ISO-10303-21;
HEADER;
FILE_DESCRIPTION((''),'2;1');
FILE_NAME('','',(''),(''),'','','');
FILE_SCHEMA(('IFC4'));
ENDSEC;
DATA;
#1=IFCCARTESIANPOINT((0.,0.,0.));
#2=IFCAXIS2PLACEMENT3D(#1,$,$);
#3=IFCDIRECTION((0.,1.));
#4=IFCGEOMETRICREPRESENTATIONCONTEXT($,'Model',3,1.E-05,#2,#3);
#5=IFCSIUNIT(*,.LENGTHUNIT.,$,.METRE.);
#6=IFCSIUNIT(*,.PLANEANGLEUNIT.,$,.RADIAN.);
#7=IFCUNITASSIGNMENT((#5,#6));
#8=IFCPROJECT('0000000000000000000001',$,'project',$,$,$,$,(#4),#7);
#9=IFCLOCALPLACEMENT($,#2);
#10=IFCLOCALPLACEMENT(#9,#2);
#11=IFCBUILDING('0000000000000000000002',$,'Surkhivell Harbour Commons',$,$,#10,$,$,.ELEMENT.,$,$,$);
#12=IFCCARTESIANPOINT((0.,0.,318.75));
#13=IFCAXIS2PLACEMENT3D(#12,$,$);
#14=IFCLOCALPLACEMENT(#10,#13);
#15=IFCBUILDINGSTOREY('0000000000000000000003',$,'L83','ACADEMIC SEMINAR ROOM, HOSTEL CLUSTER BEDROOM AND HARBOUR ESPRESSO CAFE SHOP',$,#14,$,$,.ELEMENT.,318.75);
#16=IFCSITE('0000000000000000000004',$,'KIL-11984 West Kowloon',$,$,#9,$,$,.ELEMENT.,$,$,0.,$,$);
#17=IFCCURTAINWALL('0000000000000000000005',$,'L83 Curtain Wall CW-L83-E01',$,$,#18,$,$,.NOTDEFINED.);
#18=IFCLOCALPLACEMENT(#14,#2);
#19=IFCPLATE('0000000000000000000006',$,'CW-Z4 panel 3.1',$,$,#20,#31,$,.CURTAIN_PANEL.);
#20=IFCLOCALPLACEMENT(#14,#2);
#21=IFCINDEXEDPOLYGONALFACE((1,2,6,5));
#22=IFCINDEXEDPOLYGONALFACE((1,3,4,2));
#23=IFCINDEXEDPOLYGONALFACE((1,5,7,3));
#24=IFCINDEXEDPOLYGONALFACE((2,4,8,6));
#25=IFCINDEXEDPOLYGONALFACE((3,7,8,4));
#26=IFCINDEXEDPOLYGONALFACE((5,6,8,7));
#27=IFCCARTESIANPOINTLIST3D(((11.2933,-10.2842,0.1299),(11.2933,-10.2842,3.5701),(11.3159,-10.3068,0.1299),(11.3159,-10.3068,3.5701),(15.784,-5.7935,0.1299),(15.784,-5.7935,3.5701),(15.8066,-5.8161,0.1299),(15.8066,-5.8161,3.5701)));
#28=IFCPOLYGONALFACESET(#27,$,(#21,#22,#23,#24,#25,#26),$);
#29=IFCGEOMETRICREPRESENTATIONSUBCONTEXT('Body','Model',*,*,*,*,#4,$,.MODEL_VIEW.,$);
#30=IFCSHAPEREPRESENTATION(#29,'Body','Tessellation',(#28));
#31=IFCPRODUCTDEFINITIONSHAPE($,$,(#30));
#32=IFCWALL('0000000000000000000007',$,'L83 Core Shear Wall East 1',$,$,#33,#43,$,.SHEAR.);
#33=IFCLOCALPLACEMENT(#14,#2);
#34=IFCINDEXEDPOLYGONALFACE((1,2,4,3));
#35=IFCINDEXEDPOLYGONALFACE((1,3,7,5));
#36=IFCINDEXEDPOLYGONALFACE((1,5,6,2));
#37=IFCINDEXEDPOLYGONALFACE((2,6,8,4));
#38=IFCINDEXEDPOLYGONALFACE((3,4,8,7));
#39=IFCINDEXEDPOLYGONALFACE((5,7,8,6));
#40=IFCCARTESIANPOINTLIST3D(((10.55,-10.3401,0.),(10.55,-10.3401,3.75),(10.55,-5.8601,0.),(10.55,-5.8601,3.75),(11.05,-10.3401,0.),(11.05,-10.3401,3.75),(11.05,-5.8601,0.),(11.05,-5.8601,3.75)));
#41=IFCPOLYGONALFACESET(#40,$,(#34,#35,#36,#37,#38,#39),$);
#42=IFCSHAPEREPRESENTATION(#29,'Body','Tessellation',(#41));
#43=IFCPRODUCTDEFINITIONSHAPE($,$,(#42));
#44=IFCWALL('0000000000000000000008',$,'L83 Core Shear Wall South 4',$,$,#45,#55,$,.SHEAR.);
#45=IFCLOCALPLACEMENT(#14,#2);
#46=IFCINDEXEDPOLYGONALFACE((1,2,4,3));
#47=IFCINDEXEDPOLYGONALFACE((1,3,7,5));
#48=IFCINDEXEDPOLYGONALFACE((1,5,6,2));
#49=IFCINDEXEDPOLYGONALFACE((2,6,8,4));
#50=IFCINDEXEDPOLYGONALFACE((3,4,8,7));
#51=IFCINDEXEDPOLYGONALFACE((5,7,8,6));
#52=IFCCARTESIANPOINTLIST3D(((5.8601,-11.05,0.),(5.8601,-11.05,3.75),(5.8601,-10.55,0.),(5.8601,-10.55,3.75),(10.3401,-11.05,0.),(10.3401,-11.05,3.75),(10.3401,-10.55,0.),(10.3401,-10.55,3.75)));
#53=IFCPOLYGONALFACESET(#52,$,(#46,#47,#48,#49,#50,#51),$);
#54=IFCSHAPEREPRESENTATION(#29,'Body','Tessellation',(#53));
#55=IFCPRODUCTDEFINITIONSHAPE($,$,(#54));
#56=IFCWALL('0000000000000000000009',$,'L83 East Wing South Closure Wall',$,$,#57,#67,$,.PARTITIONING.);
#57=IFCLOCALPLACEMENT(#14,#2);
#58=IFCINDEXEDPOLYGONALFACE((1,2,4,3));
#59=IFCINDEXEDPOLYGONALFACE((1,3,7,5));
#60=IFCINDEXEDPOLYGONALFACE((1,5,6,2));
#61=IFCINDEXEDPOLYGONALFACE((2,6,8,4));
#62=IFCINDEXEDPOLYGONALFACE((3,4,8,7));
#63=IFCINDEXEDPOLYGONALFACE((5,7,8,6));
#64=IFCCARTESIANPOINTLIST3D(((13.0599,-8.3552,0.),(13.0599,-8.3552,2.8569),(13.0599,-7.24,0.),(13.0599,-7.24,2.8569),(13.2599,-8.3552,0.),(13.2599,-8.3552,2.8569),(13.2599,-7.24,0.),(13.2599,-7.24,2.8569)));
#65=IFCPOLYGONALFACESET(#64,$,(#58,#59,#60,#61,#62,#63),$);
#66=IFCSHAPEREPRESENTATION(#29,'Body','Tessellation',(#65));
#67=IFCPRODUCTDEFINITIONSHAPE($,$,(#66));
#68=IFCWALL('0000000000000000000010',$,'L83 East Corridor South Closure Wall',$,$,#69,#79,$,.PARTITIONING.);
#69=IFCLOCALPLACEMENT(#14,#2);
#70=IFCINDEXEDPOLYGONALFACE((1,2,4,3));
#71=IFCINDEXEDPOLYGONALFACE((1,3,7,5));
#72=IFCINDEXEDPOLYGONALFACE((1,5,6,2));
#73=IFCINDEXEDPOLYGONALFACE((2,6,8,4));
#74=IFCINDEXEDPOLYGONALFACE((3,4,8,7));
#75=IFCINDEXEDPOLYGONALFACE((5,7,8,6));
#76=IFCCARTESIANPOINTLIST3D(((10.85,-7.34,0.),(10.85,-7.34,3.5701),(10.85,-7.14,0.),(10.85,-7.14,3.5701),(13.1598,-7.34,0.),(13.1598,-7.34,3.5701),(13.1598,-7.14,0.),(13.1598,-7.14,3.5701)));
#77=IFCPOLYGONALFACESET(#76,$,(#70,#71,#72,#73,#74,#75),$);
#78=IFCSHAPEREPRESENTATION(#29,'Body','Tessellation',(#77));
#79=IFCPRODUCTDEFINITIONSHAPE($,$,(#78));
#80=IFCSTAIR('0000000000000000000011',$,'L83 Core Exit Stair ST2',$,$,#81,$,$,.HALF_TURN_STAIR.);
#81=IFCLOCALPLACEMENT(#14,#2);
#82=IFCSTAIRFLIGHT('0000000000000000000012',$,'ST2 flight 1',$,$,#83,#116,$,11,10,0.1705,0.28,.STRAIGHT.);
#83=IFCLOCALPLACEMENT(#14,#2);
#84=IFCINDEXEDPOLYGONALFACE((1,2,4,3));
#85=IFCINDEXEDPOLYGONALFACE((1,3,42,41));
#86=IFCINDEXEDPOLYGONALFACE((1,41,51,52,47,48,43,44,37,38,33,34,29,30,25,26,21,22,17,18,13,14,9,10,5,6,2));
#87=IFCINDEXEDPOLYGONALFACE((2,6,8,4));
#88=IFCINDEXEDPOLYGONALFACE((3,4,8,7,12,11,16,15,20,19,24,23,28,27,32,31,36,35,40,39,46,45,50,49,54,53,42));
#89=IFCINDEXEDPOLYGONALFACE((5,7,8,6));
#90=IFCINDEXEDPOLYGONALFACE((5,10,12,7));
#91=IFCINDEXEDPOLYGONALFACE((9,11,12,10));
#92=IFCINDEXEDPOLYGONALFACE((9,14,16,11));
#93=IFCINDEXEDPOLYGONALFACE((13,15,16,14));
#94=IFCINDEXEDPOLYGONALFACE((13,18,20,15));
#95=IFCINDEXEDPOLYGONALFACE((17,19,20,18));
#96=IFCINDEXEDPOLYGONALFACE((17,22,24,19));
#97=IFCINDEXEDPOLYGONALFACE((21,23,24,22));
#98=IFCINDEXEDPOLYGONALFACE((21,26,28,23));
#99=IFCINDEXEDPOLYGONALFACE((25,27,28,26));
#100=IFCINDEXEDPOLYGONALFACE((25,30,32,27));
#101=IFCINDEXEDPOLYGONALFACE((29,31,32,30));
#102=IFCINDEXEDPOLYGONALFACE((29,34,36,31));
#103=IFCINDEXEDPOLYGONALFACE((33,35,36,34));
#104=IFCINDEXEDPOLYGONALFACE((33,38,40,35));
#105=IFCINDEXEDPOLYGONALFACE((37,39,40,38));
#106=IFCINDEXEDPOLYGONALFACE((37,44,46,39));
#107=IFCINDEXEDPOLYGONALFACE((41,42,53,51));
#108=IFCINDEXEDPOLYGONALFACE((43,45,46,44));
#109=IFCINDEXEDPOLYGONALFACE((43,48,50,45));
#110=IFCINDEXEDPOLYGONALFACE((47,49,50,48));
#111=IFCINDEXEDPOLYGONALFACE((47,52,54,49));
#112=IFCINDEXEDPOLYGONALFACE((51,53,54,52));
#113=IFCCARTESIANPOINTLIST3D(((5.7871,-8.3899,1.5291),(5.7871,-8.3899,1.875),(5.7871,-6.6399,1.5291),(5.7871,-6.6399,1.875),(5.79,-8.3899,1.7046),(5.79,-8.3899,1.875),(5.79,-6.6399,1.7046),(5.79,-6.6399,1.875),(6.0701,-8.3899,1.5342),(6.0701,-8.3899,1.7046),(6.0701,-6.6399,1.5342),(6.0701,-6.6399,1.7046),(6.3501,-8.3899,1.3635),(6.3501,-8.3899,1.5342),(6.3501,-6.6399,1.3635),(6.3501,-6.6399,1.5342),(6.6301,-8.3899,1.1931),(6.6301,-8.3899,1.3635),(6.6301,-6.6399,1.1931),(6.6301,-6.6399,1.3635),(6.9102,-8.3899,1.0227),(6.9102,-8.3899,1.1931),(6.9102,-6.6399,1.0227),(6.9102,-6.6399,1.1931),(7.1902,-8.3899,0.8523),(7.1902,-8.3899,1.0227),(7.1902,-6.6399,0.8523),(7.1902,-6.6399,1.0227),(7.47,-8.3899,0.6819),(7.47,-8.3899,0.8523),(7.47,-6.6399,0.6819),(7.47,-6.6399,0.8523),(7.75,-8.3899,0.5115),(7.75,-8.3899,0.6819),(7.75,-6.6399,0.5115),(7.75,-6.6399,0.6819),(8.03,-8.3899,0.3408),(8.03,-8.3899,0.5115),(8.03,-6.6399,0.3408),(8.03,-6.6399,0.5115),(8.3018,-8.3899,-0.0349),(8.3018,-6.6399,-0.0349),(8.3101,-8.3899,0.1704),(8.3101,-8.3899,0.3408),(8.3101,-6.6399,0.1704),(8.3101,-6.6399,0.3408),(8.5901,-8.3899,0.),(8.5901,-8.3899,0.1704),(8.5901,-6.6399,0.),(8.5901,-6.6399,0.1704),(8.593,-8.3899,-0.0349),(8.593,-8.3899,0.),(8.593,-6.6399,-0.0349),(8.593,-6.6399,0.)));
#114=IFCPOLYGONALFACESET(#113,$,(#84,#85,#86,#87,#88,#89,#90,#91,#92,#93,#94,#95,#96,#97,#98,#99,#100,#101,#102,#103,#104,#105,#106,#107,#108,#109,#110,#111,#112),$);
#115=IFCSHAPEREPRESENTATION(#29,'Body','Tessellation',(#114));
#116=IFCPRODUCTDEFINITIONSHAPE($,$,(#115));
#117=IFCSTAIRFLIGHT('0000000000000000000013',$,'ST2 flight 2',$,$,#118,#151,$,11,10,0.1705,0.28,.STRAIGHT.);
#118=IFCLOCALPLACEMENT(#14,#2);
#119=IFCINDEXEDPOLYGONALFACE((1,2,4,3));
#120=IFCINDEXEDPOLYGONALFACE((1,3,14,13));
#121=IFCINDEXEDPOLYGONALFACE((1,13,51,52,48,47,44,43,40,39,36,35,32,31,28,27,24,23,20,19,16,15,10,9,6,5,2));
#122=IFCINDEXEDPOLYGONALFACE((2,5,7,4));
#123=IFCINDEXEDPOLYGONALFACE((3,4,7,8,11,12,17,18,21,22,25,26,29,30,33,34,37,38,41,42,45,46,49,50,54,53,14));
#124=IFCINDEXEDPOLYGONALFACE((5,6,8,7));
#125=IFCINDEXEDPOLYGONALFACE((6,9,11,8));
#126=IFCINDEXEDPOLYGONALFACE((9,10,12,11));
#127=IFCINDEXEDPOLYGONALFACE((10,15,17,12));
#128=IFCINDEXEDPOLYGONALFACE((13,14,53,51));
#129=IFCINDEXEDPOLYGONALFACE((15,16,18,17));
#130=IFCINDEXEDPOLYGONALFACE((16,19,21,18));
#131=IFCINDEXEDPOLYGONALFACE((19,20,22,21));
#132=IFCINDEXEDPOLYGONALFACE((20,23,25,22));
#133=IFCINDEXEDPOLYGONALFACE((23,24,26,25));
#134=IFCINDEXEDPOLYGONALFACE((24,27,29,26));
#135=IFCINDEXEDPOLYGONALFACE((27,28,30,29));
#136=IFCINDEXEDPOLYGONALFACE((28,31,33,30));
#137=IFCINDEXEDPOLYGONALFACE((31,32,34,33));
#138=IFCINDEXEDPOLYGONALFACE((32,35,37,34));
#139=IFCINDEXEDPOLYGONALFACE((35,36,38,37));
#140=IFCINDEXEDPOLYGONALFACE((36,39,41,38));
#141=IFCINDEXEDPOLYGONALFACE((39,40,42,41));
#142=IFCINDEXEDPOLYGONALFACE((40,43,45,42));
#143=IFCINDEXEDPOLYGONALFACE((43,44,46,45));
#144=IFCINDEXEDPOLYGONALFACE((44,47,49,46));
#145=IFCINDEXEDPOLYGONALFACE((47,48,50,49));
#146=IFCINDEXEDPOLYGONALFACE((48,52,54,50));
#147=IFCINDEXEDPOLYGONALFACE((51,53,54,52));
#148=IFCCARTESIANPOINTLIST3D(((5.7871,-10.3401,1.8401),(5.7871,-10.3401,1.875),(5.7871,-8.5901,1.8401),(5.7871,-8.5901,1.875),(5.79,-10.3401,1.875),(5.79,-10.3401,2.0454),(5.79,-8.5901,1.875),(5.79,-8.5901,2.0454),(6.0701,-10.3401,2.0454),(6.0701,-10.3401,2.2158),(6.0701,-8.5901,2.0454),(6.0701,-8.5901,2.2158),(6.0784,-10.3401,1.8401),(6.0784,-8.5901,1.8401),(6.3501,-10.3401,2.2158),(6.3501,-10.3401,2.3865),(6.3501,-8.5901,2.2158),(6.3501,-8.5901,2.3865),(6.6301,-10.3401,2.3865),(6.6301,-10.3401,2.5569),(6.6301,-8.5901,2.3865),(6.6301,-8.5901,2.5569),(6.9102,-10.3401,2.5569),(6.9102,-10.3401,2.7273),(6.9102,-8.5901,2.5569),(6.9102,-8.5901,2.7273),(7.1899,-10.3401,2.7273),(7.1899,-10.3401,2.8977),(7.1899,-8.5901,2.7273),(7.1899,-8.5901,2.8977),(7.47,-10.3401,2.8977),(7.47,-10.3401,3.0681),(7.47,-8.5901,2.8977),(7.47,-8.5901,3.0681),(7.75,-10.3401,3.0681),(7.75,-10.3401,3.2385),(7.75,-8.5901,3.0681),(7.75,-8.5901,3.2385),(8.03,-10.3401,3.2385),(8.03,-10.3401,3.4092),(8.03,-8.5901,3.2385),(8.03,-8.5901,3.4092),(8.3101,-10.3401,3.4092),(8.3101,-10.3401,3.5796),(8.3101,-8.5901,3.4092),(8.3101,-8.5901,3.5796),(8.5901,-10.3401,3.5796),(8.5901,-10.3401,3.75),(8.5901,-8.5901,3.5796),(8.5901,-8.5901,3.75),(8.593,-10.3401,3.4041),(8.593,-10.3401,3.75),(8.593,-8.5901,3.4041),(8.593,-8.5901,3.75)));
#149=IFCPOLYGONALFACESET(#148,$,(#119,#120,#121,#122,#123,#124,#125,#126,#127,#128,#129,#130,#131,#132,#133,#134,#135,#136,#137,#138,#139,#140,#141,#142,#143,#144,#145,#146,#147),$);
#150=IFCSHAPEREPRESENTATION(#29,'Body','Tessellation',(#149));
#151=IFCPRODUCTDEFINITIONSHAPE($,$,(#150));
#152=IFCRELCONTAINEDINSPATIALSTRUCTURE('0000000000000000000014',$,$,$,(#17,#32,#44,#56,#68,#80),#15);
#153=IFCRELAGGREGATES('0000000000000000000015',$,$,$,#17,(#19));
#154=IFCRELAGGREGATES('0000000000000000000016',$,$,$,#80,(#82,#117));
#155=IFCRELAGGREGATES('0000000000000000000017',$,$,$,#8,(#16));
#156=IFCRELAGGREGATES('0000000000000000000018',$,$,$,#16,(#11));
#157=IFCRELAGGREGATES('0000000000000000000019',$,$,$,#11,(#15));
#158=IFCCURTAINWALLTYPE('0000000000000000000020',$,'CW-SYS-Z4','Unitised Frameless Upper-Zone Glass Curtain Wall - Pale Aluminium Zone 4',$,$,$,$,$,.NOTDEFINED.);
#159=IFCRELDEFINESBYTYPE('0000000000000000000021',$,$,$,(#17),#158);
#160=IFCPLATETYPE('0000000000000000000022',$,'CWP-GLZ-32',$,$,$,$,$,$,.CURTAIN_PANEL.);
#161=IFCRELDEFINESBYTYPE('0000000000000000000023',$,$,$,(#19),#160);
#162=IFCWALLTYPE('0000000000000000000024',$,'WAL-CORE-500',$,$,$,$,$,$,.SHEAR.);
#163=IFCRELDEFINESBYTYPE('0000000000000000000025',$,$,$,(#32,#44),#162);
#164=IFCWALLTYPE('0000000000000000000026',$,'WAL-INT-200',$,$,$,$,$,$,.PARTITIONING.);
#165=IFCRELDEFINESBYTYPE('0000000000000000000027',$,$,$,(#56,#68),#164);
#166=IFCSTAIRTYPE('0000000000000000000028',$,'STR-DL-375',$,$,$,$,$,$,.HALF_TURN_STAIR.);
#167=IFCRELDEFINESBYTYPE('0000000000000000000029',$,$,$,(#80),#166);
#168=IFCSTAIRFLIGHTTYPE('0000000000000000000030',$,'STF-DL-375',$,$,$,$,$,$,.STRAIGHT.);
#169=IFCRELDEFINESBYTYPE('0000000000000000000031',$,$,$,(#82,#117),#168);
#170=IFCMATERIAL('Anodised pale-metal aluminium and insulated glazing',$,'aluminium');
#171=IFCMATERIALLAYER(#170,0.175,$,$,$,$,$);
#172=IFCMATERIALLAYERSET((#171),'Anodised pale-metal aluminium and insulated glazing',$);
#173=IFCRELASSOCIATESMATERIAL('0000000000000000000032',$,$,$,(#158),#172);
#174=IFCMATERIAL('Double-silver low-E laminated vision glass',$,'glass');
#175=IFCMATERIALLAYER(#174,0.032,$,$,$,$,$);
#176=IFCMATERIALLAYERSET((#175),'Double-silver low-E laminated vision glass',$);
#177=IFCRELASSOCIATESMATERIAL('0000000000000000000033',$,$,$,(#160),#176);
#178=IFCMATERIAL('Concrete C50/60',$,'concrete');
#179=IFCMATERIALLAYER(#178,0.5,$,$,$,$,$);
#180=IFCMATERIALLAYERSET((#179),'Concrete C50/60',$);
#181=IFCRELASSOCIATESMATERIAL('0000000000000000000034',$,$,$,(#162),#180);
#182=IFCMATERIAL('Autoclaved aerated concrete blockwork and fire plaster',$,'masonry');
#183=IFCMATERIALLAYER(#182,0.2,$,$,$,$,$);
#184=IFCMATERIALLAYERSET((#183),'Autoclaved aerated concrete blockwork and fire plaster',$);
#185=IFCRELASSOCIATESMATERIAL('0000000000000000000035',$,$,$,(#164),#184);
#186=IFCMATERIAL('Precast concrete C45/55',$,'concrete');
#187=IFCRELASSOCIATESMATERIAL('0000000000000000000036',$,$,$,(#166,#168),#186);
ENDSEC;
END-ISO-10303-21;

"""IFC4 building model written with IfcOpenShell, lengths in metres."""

from ifc_helpers import new_model, si_unit, direction, frame, frame_2d, origin, place, context, subcontext, project, spatial, polyline, rectangle, outline, extrude, material, layer, layer_set, type_object, element, aggregate, save


model = new_model("IFC4")

# Units and contexts
model_context = context("Model", 3, precision=1e-05, world=origin(), true_north=direction((0.0, 1.0)))
body_context = subcontext(model_context, "Body", "Model", "MODEL_VIEW")
ifc_project = project(units=[si_unit("LENGTHUNIT", "METRE"), si_unit("PLANEANGLEUNIT", "RADIAN")], contexts=[model_context])

# Site, building, storey
site_placement = place(None, origin())
site = spatial("IfcSite", under=ifc_project, at=site_placement, Name="KIL-11984 West Kowloon", CompositionType="ELEMENT", RefElevation=0.0)
building_placement = place(site_placement, origin())
building = spatial("IfcBuilding", under=site, at=building_placement, Name="Surkhivell Harbour Commons", CompositionType="ELEMENT")
storey_placement = place(building_placement, frame((0.0, 0.0, 318.75)))
storey = spatial("IfcBuildingStorey", under=building, at=storey_placement, Name="L83", Description="ACADEMIC SEMINAR ROOM, HOSTEL CLUSTER BEDROOM AND HARBOUR ESPRESSO CAFE SHOP", CompositionType="ELEMENT", Elevation=318.75)

# Curtain wall, plate
ifc_material_1 = material(Name="Anodised pale-metal aluminium and insulated glazing", Category="aluminium")
ifc_layer_1 = layer(ifc_material_1, 0.175)
ifc_layer_set_1 = layer_set([ifc_layer_1], Name="Anodised pale-metal aluminium and insulated glazing")
curtain_wall_type = type_object("IfcCurtainWallType", Name="CW-SYS-Z4", Description="Unitised Frameless Upper-Zone Glass Curtain Wall - Pale Aluminium Zone 4", PredefinedType="NOTDEFINED", material=ifc_layer_set_1)
curtain_wall_placement = place(storey_placement, origin())
curtain_wall = element("IfcCurtainWall", 1, at=curtain_wall_placement, inside=storey, type_object=curtain_wall_type, Name="L83 Curtain Wall CW-L83-E01", PredefinedType="NOTDEFINED")
ifc_material_2 = material(Name="Double-silver low-E laminated vision glass", Category="glass")
ifc_layer_2 = layer(ifc_material_2, 0.032)
ifc_layer_set_2 = layer_set([ifc_layer_2], Name="Double-silver low-E laminated vision glass")
plate_type = type_object("IfcPlateType", Name="CWP-GLZ-32", PredefinedType="CURTAIN_PANEL", material=ifc_layer_set_2)
plate_1_placement = place(storey_placement, frame((11.3047, -10.2954, 0.1299), z_axis=(0.0, 0.0, 1.0), x_axis=(0.707107, 0.707107, 0.0)))
plate_1 = element("IfcPlate", 2, at=plate_1_placement, type_object=plate_type, Name="CW-Z4 panel 3.1", PredefinedType="CURTAIN_PANEL", context=body_context, shape_type="SweptSolid", body=[
    extrude(rectangle(XDim=6.3508, YDim=0.032, at=frame_2d((3.1753, 0.0))), origin(), (0.0, 0.0, 1.0), 3.4402),
])
aggregate(curtain_wall, [plate_1])

# Walls
ifc_material_3 = material(Name="Concrete C50/60", Category="concrete")
ifc_layer_3 = layer(ifc_material_3, 0.5)
ifc_layer_set_3 = layer_set([ifc_layer_3], Name="Concrete C50/60")
wall_type_1 = type_object("IfcWallType", Name="WAL-CORE-500", PredefinedType="SHEAR", material=ifc_layer_set_3)
for number, where, z_axis, x_axis, name in (
    (3, (10.8, -10.3401, 0.0), (0.0, 0.0, 1.0), (0.0, 1.0, 0.0), "L83 Core Shear Wall East 1"),
    (4, (5.8601, -10.8, 0.0), (0.0, 0.0, 1.0), (1.0, 0.0, 0.0), "L83 Core Shear Wall South 4"),
):
    element("IfcWall", number, at=place(storey_placement, frame(where, z_axis=z_axis, x_axis=x_axis)), inside=storey, type_object=wall_type_1, Name=name, PredefinedType="SHEAR", context=body_context, shape_type="SweptSolid", body=[
        extrude(rectangle(XDim=4.48, YDim=0.5, at=frame_2d((2.24, 0.0))), origin(), (0.0, 0.0, 1.0), 3.75),
    ])
ifc_material_4 = material(Name="Autoclaved aerated concrete blockwork and fire plaster", Category="masonry")
ifc_layer_4 = layer(ifc_material_4, 0.2)
ifc_layer_set_4 = layer_set([ifc_layer_4], Name="Autoclaved aerated concrete blockwork and fire plaster")
wall_type_2 = type_object("IfcWallType", Name="WAL-INT-200", PredefinedType="PARTITIONING", material=ifc_layer_set_4)
wall_1_placement = place(storey_placement, frame((13.1599, -8.3552, 0.0), z_axis=(0.0, 0.0, 1.0), x_axis=(0.0, 1.0, 0.0)))
element("IfcWall", 5, at=wall_1_placement, inside=storey, type_object=wall_type_2, Name="L83 East Wing South Closure Wall", PredefinedType="PARTITIONING", context=body_context, shape_type="SweptSolid", body=[
    extrude(rectangle(XDim=1.1152, YDim=0.2, at=frame_2d((0.5576, 0.0))), origin(), (0.0, 0.0, 1.0), 2.8569),
])
wall_2_placement = place(storey_placement, frame((10.8501, -7.24, 0.0), z_axis=(0.0, 0.0, 1.0), x_axis=(1.0, 0.0, 0.0)))
element("IfcWall", 6, at=wall_2_placement, inside=storey, type_object=wall_type_2, Name="L83 East Corridor South Closure Wall", PredefinedType="PARTITIONING", context=body_context, shape_type="SweptSolid", body=[
    extrude(rectangle(XDim=2.3098, YDim=0.2, at=frame_2d((1.1548, 0.0))), origin(), (0.0, 0.0, 1.0), 3.5701),
])

# Stair, stair flights
ifc_material_5 = material(Name="Precast concrete C45/55", Category="concrete")
stair_type = type_object("IfcStairType", Name="STR-DL-375", PredefinedType="HALF_TURN_STAIR", material=ifc_material_5)
stair_placement = place(storey_placement, origin())
stair = element("IfcStair", 7, at=stair_placement, inside=storey, type_object=stair_type, Name="L83 Core Exit Stair ST2", PredefinedType="HALF_TURN_STAIR")
stair_flight_type = type_object("IfcStairFlightType", Name="STF-DL-375", PredefinedType="STRAIGHT", material=ifc_material_5)
stair_flight_1_placement = place(storey_placement, frame((8.5901, -7.5149, 0.0), z_axis=(0.0, 0.0, 1.0), x_axis=(-1.0, 0.0, 0.0)))
stair_flight_1 = element("IfcStairFlight", 8, at=stair_flight_1_placement, type_object=stair_flight_type, Name="ST2 flight 1", NumberOfRisers=11, NumberOfTreads=10, PredefinedType="STRAIGHT", RiserHeight=0.1705, TreadLength=0.28, context=body_context, shape_type="SweptSolid", body=[
    extrude(outline(polyline([(-0.0029, -0.0349), (-0.0029, 0.0), (0.0, 0.0), (0.0, 0.1704), (0.28, 0.1704), (0.28, 0.3408), (0.5601, 0.3408), (0.5601, 0.5115), (0.8401, 0.5115), (0.8401, 0.6819), (1.1201, 0.6819), (1.1201, 0.8523), (1.3999, 0.8523), (1.3999, 1.0227), (1.6799, 1.0227), (1.6799, 1.1931), (1.96, 1.1931), (1.96, 1.3635), (2.24, 1.3635), (2.24, 1.5342), (2.52, 1.5342), (2.52, 1.7046), (2.8, 1.7046), (2.8, 1.875), (2.803, 1.875), (2.803, 1.5291), (0.2883, -0.0349), (-0.0029, -0.0349)])), frame((0.0, 0.875, 0.0), z_axis=(0.0, -1.0, 0.0), x_axis=(1.0, 0.0, 0.0)), (0.0, 0.0, 1.0), 1.75),
])
stair_flight_2_placement = place(storey_placement, frame((5.79, -9.4651, 1.875), z_axis=(0.0, 0.0, 1.0), x_axis=(1.0, 0.0, 0.0)))
stair_flight_2 = element("IfcStairFlight", 9, at=stair_flight_2_placement, type_object=stair_flight_type, Name="ST2 flight 2", NumberOfRisers=11, NumberOfTreads=10, PredefinedType="STRAIGHT", RiserHeight=0.1705, TreadLength=0.28, context=body_context, shape_type="SweptSolid", body=[
    extrude(outline(polyline([(-0.0029, -0.0349), (-0.0029, 0.0), (0.0, 0.0), (0.0, 0.1704), (0.28, 0.1704), (0.28, 0.3408), (0.5601, 0.3408), (0.5601, 0.5115), (0.8401, 0.5115), (0.8401, 0.6819), (1.1201, 0.6819), (1.1201, 0.8523), (1.3999, 0.8523), (1.3999, 1.0227), (1.6799, 1.0227), (1.6799, 1.1931), (1.96, 1.1931), (1.96, 1.3635), (2.24, 1.3635), (2.24, 1.5342), (2.52, 1.5342), (2.52, 1.7046), (2.8, 1.7046), (2.8, 1.875), (2.803, 1.875), (2.803, 1.5291), (0.2883, -0.0349), (-0.0029, -0.0349)])), frame((0.0, 0.875, 0.0), z_axis=(0.0, -1.0, 0.0), x_axis=(1.0, 0.0, 0.0)), (0.0, 0.0, 1.0), 1.75),
])
aggregate(stair, [stair_flight_1, stair_flight_2])

save(model, "model.ifc")
